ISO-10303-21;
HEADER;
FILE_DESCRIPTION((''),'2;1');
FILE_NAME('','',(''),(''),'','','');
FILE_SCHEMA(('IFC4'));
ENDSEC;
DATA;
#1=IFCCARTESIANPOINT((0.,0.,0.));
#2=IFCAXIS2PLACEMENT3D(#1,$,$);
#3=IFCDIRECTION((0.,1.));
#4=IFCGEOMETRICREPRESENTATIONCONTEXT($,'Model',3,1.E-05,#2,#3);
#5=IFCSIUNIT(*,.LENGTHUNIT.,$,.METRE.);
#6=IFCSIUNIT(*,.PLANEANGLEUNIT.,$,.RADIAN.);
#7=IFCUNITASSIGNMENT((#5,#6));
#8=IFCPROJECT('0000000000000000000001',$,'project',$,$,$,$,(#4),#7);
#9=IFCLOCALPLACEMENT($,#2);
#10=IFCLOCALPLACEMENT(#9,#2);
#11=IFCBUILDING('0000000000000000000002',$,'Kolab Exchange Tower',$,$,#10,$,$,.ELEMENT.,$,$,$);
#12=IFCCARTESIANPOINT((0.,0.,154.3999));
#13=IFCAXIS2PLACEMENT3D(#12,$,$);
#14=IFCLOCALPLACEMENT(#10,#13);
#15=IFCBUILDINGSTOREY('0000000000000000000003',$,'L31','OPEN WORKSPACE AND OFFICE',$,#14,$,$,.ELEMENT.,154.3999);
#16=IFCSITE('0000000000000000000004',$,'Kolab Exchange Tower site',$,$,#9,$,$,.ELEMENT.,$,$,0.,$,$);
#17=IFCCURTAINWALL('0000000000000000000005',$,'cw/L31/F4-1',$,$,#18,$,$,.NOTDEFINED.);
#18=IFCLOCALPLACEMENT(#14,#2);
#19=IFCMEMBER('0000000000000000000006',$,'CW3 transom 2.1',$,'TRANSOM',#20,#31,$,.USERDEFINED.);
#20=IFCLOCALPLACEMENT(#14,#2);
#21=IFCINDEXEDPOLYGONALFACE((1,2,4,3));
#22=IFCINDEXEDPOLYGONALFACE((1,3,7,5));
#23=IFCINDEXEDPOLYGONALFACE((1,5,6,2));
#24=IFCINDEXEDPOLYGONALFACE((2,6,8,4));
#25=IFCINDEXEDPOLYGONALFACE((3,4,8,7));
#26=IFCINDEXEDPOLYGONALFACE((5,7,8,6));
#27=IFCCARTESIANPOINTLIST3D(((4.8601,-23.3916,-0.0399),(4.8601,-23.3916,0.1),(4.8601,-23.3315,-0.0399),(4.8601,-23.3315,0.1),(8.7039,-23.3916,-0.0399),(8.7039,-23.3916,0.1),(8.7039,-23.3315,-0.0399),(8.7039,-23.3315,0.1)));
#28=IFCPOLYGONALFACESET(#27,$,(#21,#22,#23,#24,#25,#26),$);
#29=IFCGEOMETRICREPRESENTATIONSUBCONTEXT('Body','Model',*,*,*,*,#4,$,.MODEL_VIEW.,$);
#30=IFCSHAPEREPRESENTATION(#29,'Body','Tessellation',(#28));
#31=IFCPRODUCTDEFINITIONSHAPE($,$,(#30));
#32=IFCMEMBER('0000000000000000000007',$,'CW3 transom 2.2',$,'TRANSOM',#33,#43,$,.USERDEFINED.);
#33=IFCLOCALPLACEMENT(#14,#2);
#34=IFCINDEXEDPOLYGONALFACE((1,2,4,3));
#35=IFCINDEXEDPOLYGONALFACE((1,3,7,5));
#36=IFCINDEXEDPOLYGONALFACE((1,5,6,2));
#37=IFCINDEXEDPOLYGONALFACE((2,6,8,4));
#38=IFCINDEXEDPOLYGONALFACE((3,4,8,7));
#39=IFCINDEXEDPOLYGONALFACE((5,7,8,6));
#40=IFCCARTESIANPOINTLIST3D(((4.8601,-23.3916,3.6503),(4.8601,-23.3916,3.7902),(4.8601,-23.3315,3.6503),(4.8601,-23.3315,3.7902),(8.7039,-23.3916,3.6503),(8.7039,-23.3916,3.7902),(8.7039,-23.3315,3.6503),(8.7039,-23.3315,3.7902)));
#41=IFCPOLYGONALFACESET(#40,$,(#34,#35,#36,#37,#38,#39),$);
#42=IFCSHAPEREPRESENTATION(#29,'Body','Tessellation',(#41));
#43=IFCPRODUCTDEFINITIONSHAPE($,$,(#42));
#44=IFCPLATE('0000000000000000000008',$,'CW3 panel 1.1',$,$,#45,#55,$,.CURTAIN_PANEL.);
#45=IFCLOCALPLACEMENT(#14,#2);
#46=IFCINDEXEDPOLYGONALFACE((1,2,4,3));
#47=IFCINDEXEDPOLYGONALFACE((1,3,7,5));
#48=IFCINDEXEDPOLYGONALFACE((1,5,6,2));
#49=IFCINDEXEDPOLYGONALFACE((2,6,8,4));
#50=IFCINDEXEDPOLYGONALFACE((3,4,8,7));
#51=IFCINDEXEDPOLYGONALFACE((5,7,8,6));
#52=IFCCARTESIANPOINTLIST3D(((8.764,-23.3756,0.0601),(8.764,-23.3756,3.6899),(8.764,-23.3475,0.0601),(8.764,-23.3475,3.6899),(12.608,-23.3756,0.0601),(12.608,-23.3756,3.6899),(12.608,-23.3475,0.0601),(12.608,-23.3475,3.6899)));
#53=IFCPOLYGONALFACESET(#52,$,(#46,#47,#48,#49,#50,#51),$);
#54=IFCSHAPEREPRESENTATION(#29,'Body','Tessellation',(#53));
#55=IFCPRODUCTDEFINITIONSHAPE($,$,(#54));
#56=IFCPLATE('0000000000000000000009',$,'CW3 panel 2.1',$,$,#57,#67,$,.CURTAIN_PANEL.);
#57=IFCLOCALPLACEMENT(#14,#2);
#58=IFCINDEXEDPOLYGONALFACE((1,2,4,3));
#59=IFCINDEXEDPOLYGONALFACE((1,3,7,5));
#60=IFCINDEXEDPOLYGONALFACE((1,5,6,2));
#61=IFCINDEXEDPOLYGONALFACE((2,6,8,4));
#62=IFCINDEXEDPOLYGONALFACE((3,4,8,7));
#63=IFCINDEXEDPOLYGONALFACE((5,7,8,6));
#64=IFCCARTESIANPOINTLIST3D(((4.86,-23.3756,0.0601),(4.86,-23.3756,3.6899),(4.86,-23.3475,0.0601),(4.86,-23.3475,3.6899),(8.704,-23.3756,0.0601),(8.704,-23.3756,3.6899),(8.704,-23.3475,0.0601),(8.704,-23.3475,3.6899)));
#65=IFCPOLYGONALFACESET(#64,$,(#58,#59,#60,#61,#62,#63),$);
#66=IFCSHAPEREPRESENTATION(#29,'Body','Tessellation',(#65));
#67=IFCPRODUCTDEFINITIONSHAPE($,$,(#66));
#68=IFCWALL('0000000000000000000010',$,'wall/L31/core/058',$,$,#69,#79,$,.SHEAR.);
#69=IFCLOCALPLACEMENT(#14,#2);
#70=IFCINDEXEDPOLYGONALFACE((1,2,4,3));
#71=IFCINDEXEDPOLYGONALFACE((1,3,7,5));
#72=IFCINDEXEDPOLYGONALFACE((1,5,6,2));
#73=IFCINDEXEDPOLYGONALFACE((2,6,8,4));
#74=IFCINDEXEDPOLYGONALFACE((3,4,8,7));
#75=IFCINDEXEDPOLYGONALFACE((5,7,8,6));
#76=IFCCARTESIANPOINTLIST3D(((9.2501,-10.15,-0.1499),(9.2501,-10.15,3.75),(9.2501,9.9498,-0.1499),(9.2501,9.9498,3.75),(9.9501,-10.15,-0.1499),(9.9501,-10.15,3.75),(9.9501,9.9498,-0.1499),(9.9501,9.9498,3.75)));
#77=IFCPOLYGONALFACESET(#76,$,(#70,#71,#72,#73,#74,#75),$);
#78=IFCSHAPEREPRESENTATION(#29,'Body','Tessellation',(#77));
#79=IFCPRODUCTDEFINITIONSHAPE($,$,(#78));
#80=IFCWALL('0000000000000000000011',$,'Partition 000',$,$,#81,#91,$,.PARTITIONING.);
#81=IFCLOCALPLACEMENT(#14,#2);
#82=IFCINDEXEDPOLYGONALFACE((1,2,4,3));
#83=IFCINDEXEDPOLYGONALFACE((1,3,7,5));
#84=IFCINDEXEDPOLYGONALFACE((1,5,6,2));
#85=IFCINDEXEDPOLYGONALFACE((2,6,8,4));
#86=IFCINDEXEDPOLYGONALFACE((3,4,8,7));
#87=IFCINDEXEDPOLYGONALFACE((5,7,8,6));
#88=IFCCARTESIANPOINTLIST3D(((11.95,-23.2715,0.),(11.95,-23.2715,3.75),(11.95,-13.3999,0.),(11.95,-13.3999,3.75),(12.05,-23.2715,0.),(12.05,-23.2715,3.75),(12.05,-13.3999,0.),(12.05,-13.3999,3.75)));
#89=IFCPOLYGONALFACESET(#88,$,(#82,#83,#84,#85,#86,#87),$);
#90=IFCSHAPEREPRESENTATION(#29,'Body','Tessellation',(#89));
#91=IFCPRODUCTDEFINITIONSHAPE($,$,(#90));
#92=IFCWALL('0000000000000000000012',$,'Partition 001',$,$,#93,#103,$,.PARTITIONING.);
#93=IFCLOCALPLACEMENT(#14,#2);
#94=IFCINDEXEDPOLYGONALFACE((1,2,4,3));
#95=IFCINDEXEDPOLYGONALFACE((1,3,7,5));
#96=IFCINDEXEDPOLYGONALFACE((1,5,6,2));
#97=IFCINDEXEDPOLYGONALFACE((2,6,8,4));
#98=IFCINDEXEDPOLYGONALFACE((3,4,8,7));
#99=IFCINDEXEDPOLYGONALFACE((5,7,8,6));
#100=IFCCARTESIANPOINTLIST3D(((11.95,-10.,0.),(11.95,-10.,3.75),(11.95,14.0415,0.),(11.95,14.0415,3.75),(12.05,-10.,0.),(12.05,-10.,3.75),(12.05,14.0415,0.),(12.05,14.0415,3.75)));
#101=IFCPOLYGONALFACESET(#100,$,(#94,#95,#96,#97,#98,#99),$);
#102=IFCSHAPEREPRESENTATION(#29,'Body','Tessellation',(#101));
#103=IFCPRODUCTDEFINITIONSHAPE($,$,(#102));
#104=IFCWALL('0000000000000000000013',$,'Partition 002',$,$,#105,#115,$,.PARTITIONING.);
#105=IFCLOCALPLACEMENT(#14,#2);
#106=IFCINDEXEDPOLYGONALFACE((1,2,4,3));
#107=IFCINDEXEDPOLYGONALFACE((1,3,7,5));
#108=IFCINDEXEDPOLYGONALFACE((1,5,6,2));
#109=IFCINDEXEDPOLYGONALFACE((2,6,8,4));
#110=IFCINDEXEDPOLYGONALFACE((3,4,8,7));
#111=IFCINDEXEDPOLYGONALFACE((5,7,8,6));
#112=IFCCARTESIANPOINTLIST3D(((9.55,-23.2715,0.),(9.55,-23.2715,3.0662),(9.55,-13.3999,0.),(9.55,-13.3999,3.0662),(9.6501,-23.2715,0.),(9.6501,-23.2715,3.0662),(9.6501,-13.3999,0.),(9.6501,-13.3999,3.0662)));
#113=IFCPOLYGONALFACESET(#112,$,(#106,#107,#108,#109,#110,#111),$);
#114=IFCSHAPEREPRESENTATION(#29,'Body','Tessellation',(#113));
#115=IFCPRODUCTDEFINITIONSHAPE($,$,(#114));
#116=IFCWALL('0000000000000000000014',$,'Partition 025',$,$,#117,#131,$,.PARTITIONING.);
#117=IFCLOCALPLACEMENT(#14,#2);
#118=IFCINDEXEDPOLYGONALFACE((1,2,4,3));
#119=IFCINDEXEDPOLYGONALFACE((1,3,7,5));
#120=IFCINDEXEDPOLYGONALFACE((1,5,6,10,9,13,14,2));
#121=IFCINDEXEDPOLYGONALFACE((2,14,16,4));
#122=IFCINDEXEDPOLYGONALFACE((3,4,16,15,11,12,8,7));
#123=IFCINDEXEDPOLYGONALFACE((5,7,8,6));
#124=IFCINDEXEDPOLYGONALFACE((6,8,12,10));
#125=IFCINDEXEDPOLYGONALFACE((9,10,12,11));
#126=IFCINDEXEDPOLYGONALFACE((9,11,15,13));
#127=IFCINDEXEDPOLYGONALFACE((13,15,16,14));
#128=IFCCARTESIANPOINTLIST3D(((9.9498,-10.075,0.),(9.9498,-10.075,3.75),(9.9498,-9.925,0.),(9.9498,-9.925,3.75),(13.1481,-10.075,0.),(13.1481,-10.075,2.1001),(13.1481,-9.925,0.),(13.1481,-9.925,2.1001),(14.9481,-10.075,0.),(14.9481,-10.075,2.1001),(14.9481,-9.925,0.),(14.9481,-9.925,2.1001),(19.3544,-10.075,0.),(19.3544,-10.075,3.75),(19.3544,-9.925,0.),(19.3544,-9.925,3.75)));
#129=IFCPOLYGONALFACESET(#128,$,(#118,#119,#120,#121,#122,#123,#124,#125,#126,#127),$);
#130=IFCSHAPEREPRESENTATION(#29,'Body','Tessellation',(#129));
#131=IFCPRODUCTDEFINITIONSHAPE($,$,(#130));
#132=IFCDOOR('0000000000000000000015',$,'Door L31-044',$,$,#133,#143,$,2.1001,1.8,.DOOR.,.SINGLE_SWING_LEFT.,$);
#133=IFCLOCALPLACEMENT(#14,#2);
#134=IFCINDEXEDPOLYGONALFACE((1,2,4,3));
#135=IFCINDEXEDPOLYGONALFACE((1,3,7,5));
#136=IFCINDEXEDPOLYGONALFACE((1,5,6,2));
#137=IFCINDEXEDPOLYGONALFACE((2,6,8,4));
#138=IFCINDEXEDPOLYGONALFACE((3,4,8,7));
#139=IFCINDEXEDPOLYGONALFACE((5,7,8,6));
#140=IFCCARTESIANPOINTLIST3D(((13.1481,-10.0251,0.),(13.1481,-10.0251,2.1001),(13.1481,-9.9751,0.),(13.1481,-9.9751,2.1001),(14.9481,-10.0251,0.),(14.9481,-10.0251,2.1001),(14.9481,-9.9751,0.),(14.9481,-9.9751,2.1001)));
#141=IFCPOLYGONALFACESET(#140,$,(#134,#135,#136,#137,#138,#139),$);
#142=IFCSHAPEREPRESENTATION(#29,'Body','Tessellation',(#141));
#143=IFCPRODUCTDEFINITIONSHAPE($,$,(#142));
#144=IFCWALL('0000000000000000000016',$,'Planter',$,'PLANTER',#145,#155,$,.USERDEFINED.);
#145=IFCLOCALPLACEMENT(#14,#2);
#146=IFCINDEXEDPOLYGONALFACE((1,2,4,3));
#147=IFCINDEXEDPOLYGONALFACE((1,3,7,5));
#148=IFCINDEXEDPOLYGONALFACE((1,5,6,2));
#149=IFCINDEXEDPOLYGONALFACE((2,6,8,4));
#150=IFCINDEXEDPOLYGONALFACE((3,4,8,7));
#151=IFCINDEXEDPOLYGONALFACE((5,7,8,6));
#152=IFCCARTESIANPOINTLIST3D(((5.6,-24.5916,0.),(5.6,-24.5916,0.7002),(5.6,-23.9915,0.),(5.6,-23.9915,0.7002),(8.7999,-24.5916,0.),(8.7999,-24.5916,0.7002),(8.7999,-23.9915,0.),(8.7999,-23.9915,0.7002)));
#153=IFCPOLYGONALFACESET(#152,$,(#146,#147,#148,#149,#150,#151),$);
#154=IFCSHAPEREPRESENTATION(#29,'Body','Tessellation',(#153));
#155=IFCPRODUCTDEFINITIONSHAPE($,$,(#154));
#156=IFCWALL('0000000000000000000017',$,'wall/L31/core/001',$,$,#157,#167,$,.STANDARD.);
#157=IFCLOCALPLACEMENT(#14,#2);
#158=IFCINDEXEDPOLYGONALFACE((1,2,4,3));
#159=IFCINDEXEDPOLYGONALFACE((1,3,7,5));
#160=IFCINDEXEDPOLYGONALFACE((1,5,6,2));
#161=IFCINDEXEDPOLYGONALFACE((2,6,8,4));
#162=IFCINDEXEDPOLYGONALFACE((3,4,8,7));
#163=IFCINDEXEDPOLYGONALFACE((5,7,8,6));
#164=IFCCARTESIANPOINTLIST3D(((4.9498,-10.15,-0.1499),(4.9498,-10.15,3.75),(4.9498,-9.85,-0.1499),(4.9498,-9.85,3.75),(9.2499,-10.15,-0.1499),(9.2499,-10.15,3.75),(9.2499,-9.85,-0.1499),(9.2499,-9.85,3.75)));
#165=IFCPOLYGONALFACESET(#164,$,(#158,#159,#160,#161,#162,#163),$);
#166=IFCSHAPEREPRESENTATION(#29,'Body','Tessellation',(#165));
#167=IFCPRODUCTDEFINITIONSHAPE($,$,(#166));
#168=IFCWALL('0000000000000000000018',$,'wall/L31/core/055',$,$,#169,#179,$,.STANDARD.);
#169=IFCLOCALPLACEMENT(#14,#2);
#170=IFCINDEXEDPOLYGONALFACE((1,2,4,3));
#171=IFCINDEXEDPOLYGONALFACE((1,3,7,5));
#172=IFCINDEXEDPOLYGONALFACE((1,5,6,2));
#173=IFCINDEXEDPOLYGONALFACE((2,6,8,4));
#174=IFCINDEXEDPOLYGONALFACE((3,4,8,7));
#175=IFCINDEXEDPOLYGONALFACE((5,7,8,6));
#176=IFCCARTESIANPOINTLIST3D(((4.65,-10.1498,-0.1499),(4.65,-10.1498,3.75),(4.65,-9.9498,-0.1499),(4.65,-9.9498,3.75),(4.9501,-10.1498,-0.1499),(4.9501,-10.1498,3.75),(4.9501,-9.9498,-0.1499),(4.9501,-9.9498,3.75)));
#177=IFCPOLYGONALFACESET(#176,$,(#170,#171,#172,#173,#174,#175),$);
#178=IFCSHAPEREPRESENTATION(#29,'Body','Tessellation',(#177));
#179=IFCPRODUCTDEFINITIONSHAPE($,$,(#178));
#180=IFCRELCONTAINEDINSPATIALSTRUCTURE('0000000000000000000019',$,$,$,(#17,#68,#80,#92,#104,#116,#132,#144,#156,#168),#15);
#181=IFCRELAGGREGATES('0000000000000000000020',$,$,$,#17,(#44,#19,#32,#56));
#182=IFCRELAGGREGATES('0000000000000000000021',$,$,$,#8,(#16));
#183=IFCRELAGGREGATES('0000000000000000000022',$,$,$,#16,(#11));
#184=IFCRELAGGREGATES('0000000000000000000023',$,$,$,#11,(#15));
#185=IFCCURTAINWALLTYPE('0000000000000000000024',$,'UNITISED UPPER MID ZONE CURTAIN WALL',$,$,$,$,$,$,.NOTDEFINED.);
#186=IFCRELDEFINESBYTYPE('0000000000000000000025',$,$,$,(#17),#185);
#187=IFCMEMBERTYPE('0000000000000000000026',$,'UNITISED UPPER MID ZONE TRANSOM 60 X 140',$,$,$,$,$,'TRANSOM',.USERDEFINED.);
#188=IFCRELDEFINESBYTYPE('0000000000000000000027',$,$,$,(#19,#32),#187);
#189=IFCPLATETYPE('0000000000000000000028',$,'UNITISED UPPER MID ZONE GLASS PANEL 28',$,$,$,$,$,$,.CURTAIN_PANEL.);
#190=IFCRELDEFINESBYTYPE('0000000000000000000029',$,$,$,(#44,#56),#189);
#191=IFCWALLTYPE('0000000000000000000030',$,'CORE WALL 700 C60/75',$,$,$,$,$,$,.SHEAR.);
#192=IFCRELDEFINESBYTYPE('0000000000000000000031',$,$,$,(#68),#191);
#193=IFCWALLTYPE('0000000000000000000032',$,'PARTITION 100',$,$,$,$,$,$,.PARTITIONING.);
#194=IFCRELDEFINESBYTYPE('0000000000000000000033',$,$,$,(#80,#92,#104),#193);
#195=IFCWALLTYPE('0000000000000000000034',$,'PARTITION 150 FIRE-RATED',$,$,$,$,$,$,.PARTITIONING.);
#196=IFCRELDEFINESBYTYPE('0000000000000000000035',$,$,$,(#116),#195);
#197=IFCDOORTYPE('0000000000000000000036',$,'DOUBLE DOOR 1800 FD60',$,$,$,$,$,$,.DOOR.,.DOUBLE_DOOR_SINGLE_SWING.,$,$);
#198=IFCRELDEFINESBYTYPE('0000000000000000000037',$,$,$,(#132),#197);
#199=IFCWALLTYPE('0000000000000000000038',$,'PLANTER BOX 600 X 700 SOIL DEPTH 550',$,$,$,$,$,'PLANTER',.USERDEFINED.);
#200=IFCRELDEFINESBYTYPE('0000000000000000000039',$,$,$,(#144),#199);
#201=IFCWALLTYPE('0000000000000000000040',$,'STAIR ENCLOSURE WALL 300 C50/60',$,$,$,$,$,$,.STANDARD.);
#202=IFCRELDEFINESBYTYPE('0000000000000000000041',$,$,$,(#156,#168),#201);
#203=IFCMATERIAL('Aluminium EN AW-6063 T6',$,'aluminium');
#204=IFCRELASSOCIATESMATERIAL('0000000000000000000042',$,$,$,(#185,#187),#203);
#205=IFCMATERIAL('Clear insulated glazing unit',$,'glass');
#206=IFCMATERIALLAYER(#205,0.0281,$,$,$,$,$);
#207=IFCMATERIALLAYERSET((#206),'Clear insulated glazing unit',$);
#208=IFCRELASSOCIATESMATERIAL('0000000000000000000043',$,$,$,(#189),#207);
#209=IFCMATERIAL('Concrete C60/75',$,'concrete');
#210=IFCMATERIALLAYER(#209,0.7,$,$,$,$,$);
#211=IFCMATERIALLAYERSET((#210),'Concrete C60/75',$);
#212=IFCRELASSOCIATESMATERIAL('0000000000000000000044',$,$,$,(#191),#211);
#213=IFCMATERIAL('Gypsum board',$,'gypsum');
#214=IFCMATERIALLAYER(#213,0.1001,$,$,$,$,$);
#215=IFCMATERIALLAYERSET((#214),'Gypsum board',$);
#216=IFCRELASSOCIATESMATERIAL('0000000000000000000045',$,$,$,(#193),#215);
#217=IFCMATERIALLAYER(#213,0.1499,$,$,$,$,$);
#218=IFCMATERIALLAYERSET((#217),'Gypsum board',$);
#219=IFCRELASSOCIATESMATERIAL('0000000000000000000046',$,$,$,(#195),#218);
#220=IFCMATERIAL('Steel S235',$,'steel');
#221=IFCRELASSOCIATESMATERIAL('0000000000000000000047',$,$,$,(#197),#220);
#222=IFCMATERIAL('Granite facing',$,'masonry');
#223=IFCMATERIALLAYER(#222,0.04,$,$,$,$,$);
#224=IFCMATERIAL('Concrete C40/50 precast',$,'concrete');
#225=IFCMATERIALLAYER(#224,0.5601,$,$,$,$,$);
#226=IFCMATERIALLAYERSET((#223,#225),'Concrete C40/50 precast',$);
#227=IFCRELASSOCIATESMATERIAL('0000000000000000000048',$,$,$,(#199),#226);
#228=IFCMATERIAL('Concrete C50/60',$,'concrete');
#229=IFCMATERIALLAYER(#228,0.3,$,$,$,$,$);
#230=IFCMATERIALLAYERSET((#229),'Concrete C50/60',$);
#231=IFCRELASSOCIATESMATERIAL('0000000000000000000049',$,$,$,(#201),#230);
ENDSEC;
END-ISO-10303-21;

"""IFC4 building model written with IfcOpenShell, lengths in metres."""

from ifc_helpers import new_model, si_unit, direction, frame, frame_2d, origin, origin_2d, place, context, subcontext, project, spatial, rectangle, extrude, material, layer, layer_set, material_profile, profile_set, type_object, element, fill, aggregate, save


model = new_model("IFC4")

# Units and contexts
model_context = context("Model", 3, precision=1e-05, world=origin(), true_north=direction((0.0, 1.0)))
body_context = subcontext(model_context, "Body", "Model", "MODEL_VIEW")
ifc_project = project(units=[si_unit("LENGTHUNIT", "METRE"), si_unit("PLANEANGLEUNIT", "RADIAN")], contexts=[model_context])

# Site, building, storey
site_placement = place(None, origin())
site = spatial("IfcSite", under=ifc_project, at=site_placement, Name="Kolab Exchange Tower site", CompositionType="ELEMENT", RefElevation=0.0)
building_placement = place(site_placement, origin())
building = spatial("IfcBuilding", under=site, at=building_placement, Name="Kolab Exchange Tower", CompositionType="ELEMENT")
storey_placement = place(building_placement, frame((0.0, 0.0, 154.3999)))
storey = spatial("IfcBuildingStorey", under=building, at=storey_placement, Name="L31", Description="OPEN WORKSPACE AND OFFICE", CompositionType="ELEMENT", Elevation=154.3999)

# Shared definitions
ifc_material_1 = material(Name="Concrete C60/75", Category="concrete")

# Curtain wall, members, plates
ifc_material_2 = material(Name="Aluminium EN AW-6063 T6", Category="aluminium")
curtain_wall_type = type_object("IfcCurtainWallType", Name="UNITISED UPPER MID ZONE CURTAIN WALL", PredefinedType="NOTDEFINED", material=ifc_material_2)
curtain_wall_placement = place(storey_placement, origin())
curtain_wall = element("IfcCurtainWall", 1, at=curtain_wall_placement, inside=storey, type_object=curtain_wall_type, Name="cw/L31/F4-1", PredefinedType="NOTDEFINED")
ifc_material_profile_1 = material_profile(ifc_material_2, rectangle(XDim=0.0601, YDim=0.1399, at=origin_2d()), Name="RECT 60X140")
ifc_profile_set_1 = profile_set([ifc_material_profile_1], Name="Aluminium EN AW-6063 T6")
member_type_1 = type_object("IfcMemberType", Name="UNITISED UPPER MID ZONE TRANSOM 60 X 140", ElementType="TRANSOM", PredefinedType="USERDEFINED", material=ifc_profile_set_1)
member_1_placement = place(storey_placement, frame((8.7039, -23.3616, 0.03), z_axis=(-1.0, 0.0, 0.0), x_axis=(0.0, -1.0, 0.0)))
member_1 = element("IfcMember", 2, at=member_1_placement, type_object=member_type_1, Name="CW3 transom 2.1", ObjectType="TRANSOM", PredefinedType="USERDEFINED", context=body_context, shape_type="SweptSolid", body=[
    extrude(rectangle(XDim=0.0601, YDim=0.1399, at=origin_2d()), origin(), (0.0, 0.0, 1.0), 3.8438),
])
member_2_placement = place(storey_placement, frame((8.7039, -23.3616, 3.7202), z_axis=(-1.0, 0.0, 0.0), x_axis=(0.0, -1.0, 0.0)))
member_2 = element("IfcMember", 3, at=member_2_placement, type_object=member_type_1, Name="CW3 transom 2.2", ObjectType="TRANSOM", PredefinedType="USERDEFINED", context=body_context, shape_type="SweptSolid", body=[
    extrude(rectangle(XDim=0.0601, YDim=0.1399, at=origin_2d()), origin(), (0.0, 0.0, 1.0), 3.8438),
])
ifc_material_3 = material(Name="Clear insulated glazing unit", Category="glass")
ifc_layer_1 = layer(ifc_material_3, 0.0281)
ifc_layer_set_1 = layer_set([ifc_layer_1], Name="Clear insulated glazing unit")
plate_type = type_object("IfcPlateType", Name="UNITISED UPPER MID ZONE GLASS PANEL 28", PredefinedType="CURTAIN_PANEL", material=ifc_layer_set_1)
plate_1_placement = place(storey_placement, frame((10.686, -23.3616, 0.0601), z_axis=(0.0, 0.0, 1.0), x_axis=(-1.0, 0.0, 0.0)))
plate_1 = element("IfcPlate", 4, at=plate_1_placement, type_object=plate_type, Name="CW3 panel 1.1", PredefinedType="CURTAIN_PANEL", context=body_context, shape_type="SweptSolid", body=[
    extrude(rectangle(XDim=3.844, YDim=0.0281, at=origin_2d()), origin(), (0.0, 0.0, 1.0), 3.6299),
])
plate_2_placement = place(storey_placement, frame((6.782, -23.3616, 0.0601), z_axis=(0.0, 0.0, 1.0), x_axis=(-1.0, 0.0, 0.0)))
plate_2 = element("IfcPlate", 5, at=plate_2_placement, type_object=plate_type, Name="CW3 panel 2.1", PredefinedType="CURTAIN_PANEL", context=body_context, shape_type="SweptSolid", body=[
    extrude(rectangle(XDim=3.844, YDim=0.0281, at=origin_2d()), origin(), (0.0, 0.0, 1.0), 3.6299),
])
aggregate(curtain_wall, [plate_1, member_1, member_2, plate_2])

# Wall
ifc_layer_2 = layer(ifc_material_1, 0.7)
ifc_layer_set_2 = layer_set([ifc_layer_2], Name="Concrete C60/75")
wall_type_1 = type_object("IfcWallType", Name="CORE WALL 700 C60/75", PredefinedType="SHEAR", material=ifc_layer_set_2)
wall_1_placement = place(storey_placement, frame((9.6001, -10.1499, -0.1499), z_axis=(0.0, 0.0, 1.0), x_axis=(0.0, 1.0, 0.0)))
element("IfcWall", 6, at=wall_1_placement, inside=storey, type_object=wall_type_1, Name="wall/L31/core/058", PredefinedType="SHEAR", context=body_context, shape_type="SweptSolid", body=[
    extrude(rectangle(XDim=20.0999, YDim=0.7, at=frame_2d((10.0498, 0.0))), origin(), (0.0, 0.0, 1.0), 3.8999),
])

# Walls
ifc_material_4 = material(Name="Gypsum board", Category="gypsum")
ifc_layer_3 = layer(ifc_material_4, 0.1001)
ifc_layer_set_3 = layer_set([ifc_layer_3], Name="Gypsum board")
wall_type_2 = type_object("IfcWallType", Name="PARTITION 100", PredefinedType="PARTITIONING", material=ifc_layer_set_3)
wall_2_placement = place(storey_placement, frame((12.0, -23.2715, 0.0), z_axis=(0.0, 0.0, 1.0), x_axis=(0.0, 1.0, 0.0)))
element("IfcWall", 7, at=wall_2_placement, inside=storey, type_object=wall_type_2, Name="Partition 000", PredefinedType="PARTITIONING", context=body_context, shape_type="SweptSolid", body=[
    extrude(rectangle(XDim=9.8716, YDim=0.1001, at=frame_2d((4.9358, 0.0))), origin(), (0.0, 0.0, 1.0), 3.75),
])
wall_3_placement = place(storey_placement, frame((12.0, -10.0, 0.0), z_axis=(0.0, 0.0, 1.0), x_axis=(0.0, 1.0, 0.0)))
element("IfcWall", 8, at=wall_3_placement, inside=storey, type_object=wall_type_2, Name="Partition 001", PredefinedType="PARTITIONING", context=body_context, shape_type="SweptSolid", body=[
    extrude(rectangle(XDim=24.0415, YDim=0.1001, at=frame_2d((12.0208, 0.0))), origin(), (0.0, 0.0, 1.0), 3.75),
])
wall_4_placement = place(storey_placement, frame((9.6001, -23.2715, 0.0), z_axis=(0.0, 0.0, 1.0), x_axis=(0.0, 1.0, 0.0)))
element("IfcWall", 9, at=wall_4_placement, inside=storey, type_object=wall_type_2, Name="Partition 002", PredefinedType="PARTITIONING", context=body_context, shape_type="SweptSolid", body=[
    extrude(rectangle(XDim=9.8716, YDim=0.1001, at=frame_2d((4.9358, 0.0))), origin(), (0.0, 0.0, 1.0), 3.0662),
])

# Wall, opening, door
ifc_layer_4 = layer(ifc_material_4, 0.1499)
ifc_layer_set_4 = layer_set([ifc_layer_4], Name="Gypsum board")
wall_type_3 = type_object("IfcWallType", Name="PARTITION 150 FIRE-RATED", PredefinedType="PARTITIONING", material=ifc_layer_set_4)
wall_5_placement = place(storey_placement, frame((9.95, -10.0, 0.0), z_axis=(0.0, 0.0, 1.0), x_axis=(1.0, 0.0, 0.0)))
wall_5 = element("IfcWall", 10, at=wall_5_placement, inside=storey, type_object=wall_type_3, Name="Partition 025", PredefinedType="PARTITIONING", context=body_context, shape_type="SweptSolid", body=[
    extrude(rectangle(XDim=9.4045, YDim=0.1499, at=frame_2d((4.7021, 0.0))), origin(), (0.0, 0.0, 1.0), 3.75),
])
opening_1_placement = place(wall_5_placement, frame((3.1982, 0.0, 0.0)))
opening_1 = element("IfcOpeningElement", 11, at=opening_1_placement, cuts=wall_5, PredefinedType="OPENING", context=body_context, shape_type="SweptSolid", body=[
    extrude(rectangle(XDim=1.8, YDim=2.1001, at=frame_2d((0.8999, 1.05))), frame((0.0, 0.085, 0.0), z_axis=(0.0, -1.0, 0.0), x_axis=(1.0, 0.0, 0.0)), (0.0, 0.0, 1.0), 0.1699),
])
ifc_material_5 = material(Name="Steel S235", Category="steel")
door_type_1 = type_object("IfcDoorType", Name="DOUBLE DOOR 1800 FD60", OperationType="DOUBLE_DOOR_SINGLE_SWING", PredefinedType="DOOR", material=ifc_material_5)
door_1_placement = place(opening_1_placement, origin())
door_1 = element("IfcDoor", 12, at=door_1_placement, inside=storey, type_object=door_type_1, Name="Door L31-044", OperationType="SINGLE_SWING_LEFT", OverallHeight=2.1001, OverallWidth=1.8, PredefinedType="DOOR", context=body_context, shape_type="SweptSolid", body=[
    extrude(rectangle(XDim=1.8, YDim=2.1001, at=frame_2d((0.8999, 1.05))), frame((0.0, 0.0249, 0.0), z_axis=(0.0, -1.0, 0.0), x_axis=(1.0, 0.0, 0.0)), (0.0, 0.0, 1.0), 0.05),
])
fill(opening_1, door_1)

# Walls
ifc_material_6 = material(Name="Granite facing", Category="masonry")
ifc_layer_5 = layer(ifc_material_6, 0.04)
ifc_material_7 = material(Name="Concrete C40/50 precast", Category="concrete")
ifc_layer_6 = layer(ifc_material_7, 0.5601)
ifc_layer_set_5 = layer_set([ifc_layer_5, ifc_layer_6], Name="Concrete C40/50 precast")
wall_type_4 = type_object("IfcWallType", Name="PLANTER BOX 600 X 700 SOIL DEPTH 550", ElementType="PLANTER", PredefinedType="USERDEFINED", material=ifc_layer_set_5)
wall_6_placement = place(storey_placement, frame((8.8, -24.2915, 0.0), z_axis=(0.0, 0.0, 1.0), x_axis=(-1.0, 0.0, 0.0)))
element("IfcWall", 13, at=wall_6_placement, inside=storey, type_object=wall_type_4, Name="Planter", ObjectType="PLANTER", PredefinedType="USERDEFINED", context=body_context, shape_type="SweptSolid", body=[
    extrude(rectangle(XDim=3.2, YDim=0.6001, at=frame_2d((1.6001, 0.0))), origin(), (0.0, 0.0, 1.0), 0.7002),
])
ifc_material_8 = material(Name="Concrete C50/60", Category="concrete")
ifc_layer_7 = layer(ifc_material_8, 0.3)
ifc_layer_set_6 = layer_set([ifc_layer_7], Name="Concrete C50/60")
wall_type_5 = type_object("IfcWallType", Name="STAIR ENCLOSURE WALL 300 C50/60", PredefinedType="STANDARD", material=ifc_layer_set_6)
wall_7_placement = place(storey_placement, frame((4.95, -10.0, -0.1499), z_axis=(0.0, 0.0, 1.0), x_axis=(1.0, 0.0, 0.0)))
element("IfcWall", 14, at=wall_7_placement, inside=storey, type_object=wall_type_5, Name="wall/L31/core/001", PredefinedType="STANDARD", context=body_context, shape_type="SweptSolid", body=[
    extrude(rectangle(XDim=4.3, YDim=0.3, at=frame_2d((2.1499, 0.0))), origin(), (0.0, 0.0, 1.0), 3.8999),
])
wall_8_placement = place(storey_placement, frame((4.8, -10.1499, -0.1499), z_axis=(0.0, 0.0, 1.0), x_axis=(0.0, 1.0, 0.0)))
element("IfcWall", 15, at=wall_8_placement, inside=storey, type_object=wall_type_5, Name="wall/L31/core/055", PredefinedType="STANDARD", context=body_context, shape_type="SweptSolid", body=[
    extrude(rectangle(XDim=0.2, YDim=0.3, at=frame_2d((0.1001, 0.0))), origin(), (0.0, 0.0, 1.0), 3.8999),
])

save(model, "model.ifc")
